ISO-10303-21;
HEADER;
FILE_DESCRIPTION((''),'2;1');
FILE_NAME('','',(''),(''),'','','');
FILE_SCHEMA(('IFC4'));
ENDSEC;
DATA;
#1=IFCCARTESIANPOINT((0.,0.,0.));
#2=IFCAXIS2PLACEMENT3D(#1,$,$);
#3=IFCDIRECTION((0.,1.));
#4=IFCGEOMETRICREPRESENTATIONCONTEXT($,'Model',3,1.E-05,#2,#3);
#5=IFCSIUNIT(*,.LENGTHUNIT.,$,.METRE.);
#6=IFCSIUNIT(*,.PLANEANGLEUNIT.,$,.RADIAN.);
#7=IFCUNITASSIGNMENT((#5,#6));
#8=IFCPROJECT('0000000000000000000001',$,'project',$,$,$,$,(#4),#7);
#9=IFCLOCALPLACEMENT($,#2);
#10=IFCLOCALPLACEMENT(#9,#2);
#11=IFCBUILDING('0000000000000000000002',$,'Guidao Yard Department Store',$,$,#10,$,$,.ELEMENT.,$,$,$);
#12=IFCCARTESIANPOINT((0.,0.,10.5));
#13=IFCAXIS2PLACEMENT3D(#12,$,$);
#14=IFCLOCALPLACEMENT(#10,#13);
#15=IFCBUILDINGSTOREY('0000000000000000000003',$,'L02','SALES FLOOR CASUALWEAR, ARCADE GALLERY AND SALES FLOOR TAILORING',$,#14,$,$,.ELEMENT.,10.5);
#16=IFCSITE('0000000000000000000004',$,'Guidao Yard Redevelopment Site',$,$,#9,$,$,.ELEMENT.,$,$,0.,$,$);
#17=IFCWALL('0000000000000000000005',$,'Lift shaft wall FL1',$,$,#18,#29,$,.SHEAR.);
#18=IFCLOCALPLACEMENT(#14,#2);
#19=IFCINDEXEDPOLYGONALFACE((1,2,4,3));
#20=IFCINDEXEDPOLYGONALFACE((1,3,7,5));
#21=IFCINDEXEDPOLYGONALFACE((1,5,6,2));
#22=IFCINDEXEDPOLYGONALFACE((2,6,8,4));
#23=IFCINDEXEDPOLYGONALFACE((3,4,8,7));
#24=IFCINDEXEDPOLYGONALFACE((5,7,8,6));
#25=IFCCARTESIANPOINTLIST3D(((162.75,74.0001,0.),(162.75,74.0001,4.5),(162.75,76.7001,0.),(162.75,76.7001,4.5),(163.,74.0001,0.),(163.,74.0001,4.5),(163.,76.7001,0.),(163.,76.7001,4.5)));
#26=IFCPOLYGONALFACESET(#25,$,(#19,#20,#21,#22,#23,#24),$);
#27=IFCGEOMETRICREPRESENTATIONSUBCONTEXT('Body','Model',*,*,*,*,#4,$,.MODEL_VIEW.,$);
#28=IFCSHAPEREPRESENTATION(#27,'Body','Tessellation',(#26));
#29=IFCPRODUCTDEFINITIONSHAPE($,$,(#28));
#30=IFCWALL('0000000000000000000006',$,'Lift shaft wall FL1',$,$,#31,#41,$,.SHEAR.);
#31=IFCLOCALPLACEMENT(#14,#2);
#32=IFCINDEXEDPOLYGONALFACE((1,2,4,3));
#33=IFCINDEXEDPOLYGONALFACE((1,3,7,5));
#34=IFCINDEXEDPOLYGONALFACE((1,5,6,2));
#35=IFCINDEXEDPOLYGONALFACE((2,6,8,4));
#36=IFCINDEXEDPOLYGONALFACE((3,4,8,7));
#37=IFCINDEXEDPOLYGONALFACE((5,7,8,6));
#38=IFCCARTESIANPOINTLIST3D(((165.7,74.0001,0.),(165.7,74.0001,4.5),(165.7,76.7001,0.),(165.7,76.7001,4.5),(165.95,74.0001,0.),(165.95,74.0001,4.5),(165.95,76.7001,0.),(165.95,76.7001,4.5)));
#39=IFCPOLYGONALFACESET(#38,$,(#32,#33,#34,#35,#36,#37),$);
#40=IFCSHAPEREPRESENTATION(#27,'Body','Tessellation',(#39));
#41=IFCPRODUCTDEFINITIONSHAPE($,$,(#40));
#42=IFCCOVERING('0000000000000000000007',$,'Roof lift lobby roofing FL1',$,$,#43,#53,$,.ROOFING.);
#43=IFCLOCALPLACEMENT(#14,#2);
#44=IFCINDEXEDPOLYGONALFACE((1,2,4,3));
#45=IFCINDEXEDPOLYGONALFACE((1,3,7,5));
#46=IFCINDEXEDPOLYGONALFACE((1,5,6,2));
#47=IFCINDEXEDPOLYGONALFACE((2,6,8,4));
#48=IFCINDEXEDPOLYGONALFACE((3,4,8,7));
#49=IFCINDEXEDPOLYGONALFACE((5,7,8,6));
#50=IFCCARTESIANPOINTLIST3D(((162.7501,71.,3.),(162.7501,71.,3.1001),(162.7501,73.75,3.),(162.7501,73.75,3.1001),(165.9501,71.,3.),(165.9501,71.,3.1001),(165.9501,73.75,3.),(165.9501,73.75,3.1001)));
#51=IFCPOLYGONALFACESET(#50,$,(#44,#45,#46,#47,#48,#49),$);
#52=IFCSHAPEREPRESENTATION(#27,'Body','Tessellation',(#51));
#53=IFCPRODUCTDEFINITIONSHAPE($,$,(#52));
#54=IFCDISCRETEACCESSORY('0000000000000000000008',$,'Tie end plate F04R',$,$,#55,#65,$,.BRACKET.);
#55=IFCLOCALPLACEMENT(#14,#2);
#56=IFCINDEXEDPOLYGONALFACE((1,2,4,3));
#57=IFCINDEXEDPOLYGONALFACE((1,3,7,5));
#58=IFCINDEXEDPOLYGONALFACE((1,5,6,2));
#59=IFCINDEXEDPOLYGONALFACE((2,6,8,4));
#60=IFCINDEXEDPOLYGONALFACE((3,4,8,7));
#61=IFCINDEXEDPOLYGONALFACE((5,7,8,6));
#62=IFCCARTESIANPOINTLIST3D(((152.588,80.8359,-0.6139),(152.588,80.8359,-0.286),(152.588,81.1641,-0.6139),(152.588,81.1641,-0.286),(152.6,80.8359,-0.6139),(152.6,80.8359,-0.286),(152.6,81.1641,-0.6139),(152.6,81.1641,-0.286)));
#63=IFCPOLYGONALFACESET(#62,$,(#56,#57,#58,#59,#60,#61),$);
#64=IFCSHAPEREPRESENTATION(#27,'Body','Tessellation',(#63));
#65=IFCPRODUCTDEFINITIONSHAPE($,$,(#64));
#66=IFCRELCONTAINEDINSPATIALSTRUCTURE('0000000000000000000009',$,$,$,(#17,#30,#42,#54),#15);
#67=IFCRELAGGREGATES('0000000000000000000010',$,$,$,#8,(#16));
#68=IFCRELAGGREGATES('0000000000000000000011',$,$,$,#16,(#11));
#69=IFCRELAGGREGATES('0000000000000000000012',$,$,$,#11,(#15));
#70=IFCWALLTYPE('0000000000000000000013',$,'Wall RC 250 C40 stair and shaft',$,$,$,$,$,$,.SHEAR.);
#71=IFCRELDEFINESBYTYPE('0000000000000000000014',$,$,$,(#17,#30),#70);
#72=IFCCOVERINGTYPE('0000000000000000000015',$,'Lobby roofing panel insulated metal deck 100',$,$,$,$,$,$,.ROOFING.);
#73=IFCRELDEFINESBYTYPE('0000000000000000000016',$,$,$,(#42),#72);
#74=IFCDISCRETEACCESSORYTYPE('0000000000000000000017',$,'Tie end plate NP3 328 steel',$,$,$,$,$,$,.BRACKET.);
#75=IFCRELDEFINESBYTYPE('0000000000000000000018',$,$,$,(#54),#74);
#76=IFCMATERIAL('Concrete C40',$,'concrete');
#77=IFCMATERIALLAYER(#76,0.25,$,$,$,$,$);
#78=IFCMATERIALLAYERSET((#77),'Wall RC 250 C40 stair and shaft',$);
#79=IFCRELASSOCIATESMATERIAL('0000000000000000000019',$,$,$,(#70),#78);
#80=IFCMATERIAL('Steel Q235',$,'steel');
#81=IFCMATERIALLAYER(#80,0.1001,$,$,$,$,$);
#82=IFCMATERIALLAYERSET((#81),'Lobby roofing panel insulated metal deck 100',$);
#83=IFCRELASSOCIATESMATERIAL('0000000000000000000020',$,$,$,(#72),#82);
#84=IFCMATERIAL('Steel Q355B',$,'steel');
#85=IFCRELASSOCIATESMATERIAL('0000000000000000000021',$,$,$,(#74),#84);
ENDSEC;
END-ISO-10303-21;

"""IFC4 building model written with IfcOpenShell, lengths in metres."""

from ifc_helpers import new_model, si_unit, direction, frame, frame_2d, origin, origin_2d, place, context, subcontext, project, spatial, rectangle, extrude, material, layer, layer_set, material_profile, profile_set, type_object, element, save


model = new_model("IFC4")

# Units and contexts
model_context = context("Model", 3, precision=1e-05, world=origin(), true_north=direction((0.0, 1.0)))
body_context = subcontext(model_context, "Body", "Model", "MODEL_VIEW")
ifc_project = project(units=[si_unit("LENGTHUNIT", "METRE"), si_unit("PLANEANGLEUNIT", "RADIAN")], contexts=[model_context])

# Site, building, storey
site_placement = place(None, origin())
site = spatial("IfcSite", under=ifc_project, at=site_placement, Name="Guidao Yard Redevelopment Site", CompositionType="ELEMENT", RefElevation=0.0)
building_placement = place(site_placement, origin())
building = spatial("IfcBuilding", under=site, at=building_placement, Name="Guidao Yard Department Store", CompositionType="ELEMENT")
storey_placement = place(building_placement, frame((0.0, 0.0, 10.5)))
storey = spatial("IfcBuildingStorey", under=building, at=storey_placement, Name="L02", Description="SALES FLOOR CASUALWEAR, ARCADE GALLERY AND SALES FLOOR TAILORING", CompositionType="ELEMENT", Elevation=10.5)

# Shared definitions
ifc_material_1 = material(Name="Concrete C40", Category="concrete")
ifc_layer_1 = layer(ifc_material_1, 0.25)
ifc_layer_set_1 = layer_set([ifc_layer_1], Name="Wall RC 250 C40 stair and shaft")
wall_type_1 = type_object("IfcWallType", Name="Wall RC 250 C40 stair and shaft", PredefinedType="SHEAR", material=ifc_layer_set_1)

# Walls
for number, where, z_axis, x_axis, name in (
    (1, (162.875, 74.0, 0.0), (0.0, 0.0, 1.0), (0.0, 1.0, 0.0), "Lift shaft wall FL1"),
    (2, (165.825, 74.0, 0.0), (0.0, 0.0, 1.0), (0.0, 1.0, 0.0), "Lift shaft wall FL1"),
):
    element("IfcWall", number, at=place(storey_placement, frame(where, z_axis=z_axis, x_axis=x_axis)), inside=storey, type_object=wall_type_1, Name=name, PredefinedType="SHEAR", context=body_context, shape_type="SweptSolid", body=[
        extrude(rectangle(XDim=2.7, YDim=0.25, at=frame_2d((1.3501, 0.0))), origin(), (0.0, 0.0, 1.0), 4.5),
    ])

# Covering
ifc_material_2 = material(Name="Steel Q235", Category="steel")
ifc_layer_2 = layer(ifc_material_2, 0.1001)
ifc_layer_set_2 = layer_set([ifc_layer_2], Name="Lobby roofing panel insulated metal deck 100")
covering_type = type_object("IfcCoveringType", Name="Lobby roofing panel insulated metal deck 100", PredefinedType="ROOFING", material=ifc_layer_set_2)
covering_placement = place(storey_placement, frame((164.3501, 72.375, 3.0), z_axis=(0.0, 0.0, 1.0), x_axis=(1.0, 0.0, 0.0)))
element("IfcCovering", 3, at=covering_placement, inside=storey, type_object=covering_type, Name="Roof lift lobby roofing FL1", PredefinedType="ROOFING", context=body_context, shape_type="SweptSolid", body=[
    extrude(rectangle(XDim=3.2, YDim=2.75, at=origin_2d()), origin(), (0.0, 0.0, 1.0), 0.1001),
])

# Discrete accessory
ifc_material_3 = material(Name="Steel Q355B", Category="steel")
ifc_material_profile_1 = material_profile(ifc_material_3, rectangle(XDim=0.3279, YDim=0.012, at=origin_2d()), Name="Node plate 328x12")
ifc_profile_set_1 = profile_set([ifc_material_profile_1], Name="Steel Q355B")
discrete_accessory_type = type_object("IfcDiscreteAccessoryType", Name="Tie end plate NP3 328 steel", PredefinedType="BRACKET", material=ifc_profile_set_1)
discrete_accessory_placement = place(storey_placement, frame((152.594, 80.8359, -0.45), z_axis=(0.0, 1.0, 0.0), x_axis=(0.0, 0.0, 1.0)))
element("IfcDiscreteAccessory", 4, at=discrete_accessory_placement, inside=storey, type_object=discrete_accessory_type, Name="Tie end plate F04R", PredefinedType="BRACKET", context=body_context, shape_type="SweptSolid", body=[
    extrude(rectangle(XDim=0.3279, YDim=0.012, at=origin_2d()), origin(), (0.0, 0.0, 1.0), 0.3281),
])

save(model, "model.ifc")
